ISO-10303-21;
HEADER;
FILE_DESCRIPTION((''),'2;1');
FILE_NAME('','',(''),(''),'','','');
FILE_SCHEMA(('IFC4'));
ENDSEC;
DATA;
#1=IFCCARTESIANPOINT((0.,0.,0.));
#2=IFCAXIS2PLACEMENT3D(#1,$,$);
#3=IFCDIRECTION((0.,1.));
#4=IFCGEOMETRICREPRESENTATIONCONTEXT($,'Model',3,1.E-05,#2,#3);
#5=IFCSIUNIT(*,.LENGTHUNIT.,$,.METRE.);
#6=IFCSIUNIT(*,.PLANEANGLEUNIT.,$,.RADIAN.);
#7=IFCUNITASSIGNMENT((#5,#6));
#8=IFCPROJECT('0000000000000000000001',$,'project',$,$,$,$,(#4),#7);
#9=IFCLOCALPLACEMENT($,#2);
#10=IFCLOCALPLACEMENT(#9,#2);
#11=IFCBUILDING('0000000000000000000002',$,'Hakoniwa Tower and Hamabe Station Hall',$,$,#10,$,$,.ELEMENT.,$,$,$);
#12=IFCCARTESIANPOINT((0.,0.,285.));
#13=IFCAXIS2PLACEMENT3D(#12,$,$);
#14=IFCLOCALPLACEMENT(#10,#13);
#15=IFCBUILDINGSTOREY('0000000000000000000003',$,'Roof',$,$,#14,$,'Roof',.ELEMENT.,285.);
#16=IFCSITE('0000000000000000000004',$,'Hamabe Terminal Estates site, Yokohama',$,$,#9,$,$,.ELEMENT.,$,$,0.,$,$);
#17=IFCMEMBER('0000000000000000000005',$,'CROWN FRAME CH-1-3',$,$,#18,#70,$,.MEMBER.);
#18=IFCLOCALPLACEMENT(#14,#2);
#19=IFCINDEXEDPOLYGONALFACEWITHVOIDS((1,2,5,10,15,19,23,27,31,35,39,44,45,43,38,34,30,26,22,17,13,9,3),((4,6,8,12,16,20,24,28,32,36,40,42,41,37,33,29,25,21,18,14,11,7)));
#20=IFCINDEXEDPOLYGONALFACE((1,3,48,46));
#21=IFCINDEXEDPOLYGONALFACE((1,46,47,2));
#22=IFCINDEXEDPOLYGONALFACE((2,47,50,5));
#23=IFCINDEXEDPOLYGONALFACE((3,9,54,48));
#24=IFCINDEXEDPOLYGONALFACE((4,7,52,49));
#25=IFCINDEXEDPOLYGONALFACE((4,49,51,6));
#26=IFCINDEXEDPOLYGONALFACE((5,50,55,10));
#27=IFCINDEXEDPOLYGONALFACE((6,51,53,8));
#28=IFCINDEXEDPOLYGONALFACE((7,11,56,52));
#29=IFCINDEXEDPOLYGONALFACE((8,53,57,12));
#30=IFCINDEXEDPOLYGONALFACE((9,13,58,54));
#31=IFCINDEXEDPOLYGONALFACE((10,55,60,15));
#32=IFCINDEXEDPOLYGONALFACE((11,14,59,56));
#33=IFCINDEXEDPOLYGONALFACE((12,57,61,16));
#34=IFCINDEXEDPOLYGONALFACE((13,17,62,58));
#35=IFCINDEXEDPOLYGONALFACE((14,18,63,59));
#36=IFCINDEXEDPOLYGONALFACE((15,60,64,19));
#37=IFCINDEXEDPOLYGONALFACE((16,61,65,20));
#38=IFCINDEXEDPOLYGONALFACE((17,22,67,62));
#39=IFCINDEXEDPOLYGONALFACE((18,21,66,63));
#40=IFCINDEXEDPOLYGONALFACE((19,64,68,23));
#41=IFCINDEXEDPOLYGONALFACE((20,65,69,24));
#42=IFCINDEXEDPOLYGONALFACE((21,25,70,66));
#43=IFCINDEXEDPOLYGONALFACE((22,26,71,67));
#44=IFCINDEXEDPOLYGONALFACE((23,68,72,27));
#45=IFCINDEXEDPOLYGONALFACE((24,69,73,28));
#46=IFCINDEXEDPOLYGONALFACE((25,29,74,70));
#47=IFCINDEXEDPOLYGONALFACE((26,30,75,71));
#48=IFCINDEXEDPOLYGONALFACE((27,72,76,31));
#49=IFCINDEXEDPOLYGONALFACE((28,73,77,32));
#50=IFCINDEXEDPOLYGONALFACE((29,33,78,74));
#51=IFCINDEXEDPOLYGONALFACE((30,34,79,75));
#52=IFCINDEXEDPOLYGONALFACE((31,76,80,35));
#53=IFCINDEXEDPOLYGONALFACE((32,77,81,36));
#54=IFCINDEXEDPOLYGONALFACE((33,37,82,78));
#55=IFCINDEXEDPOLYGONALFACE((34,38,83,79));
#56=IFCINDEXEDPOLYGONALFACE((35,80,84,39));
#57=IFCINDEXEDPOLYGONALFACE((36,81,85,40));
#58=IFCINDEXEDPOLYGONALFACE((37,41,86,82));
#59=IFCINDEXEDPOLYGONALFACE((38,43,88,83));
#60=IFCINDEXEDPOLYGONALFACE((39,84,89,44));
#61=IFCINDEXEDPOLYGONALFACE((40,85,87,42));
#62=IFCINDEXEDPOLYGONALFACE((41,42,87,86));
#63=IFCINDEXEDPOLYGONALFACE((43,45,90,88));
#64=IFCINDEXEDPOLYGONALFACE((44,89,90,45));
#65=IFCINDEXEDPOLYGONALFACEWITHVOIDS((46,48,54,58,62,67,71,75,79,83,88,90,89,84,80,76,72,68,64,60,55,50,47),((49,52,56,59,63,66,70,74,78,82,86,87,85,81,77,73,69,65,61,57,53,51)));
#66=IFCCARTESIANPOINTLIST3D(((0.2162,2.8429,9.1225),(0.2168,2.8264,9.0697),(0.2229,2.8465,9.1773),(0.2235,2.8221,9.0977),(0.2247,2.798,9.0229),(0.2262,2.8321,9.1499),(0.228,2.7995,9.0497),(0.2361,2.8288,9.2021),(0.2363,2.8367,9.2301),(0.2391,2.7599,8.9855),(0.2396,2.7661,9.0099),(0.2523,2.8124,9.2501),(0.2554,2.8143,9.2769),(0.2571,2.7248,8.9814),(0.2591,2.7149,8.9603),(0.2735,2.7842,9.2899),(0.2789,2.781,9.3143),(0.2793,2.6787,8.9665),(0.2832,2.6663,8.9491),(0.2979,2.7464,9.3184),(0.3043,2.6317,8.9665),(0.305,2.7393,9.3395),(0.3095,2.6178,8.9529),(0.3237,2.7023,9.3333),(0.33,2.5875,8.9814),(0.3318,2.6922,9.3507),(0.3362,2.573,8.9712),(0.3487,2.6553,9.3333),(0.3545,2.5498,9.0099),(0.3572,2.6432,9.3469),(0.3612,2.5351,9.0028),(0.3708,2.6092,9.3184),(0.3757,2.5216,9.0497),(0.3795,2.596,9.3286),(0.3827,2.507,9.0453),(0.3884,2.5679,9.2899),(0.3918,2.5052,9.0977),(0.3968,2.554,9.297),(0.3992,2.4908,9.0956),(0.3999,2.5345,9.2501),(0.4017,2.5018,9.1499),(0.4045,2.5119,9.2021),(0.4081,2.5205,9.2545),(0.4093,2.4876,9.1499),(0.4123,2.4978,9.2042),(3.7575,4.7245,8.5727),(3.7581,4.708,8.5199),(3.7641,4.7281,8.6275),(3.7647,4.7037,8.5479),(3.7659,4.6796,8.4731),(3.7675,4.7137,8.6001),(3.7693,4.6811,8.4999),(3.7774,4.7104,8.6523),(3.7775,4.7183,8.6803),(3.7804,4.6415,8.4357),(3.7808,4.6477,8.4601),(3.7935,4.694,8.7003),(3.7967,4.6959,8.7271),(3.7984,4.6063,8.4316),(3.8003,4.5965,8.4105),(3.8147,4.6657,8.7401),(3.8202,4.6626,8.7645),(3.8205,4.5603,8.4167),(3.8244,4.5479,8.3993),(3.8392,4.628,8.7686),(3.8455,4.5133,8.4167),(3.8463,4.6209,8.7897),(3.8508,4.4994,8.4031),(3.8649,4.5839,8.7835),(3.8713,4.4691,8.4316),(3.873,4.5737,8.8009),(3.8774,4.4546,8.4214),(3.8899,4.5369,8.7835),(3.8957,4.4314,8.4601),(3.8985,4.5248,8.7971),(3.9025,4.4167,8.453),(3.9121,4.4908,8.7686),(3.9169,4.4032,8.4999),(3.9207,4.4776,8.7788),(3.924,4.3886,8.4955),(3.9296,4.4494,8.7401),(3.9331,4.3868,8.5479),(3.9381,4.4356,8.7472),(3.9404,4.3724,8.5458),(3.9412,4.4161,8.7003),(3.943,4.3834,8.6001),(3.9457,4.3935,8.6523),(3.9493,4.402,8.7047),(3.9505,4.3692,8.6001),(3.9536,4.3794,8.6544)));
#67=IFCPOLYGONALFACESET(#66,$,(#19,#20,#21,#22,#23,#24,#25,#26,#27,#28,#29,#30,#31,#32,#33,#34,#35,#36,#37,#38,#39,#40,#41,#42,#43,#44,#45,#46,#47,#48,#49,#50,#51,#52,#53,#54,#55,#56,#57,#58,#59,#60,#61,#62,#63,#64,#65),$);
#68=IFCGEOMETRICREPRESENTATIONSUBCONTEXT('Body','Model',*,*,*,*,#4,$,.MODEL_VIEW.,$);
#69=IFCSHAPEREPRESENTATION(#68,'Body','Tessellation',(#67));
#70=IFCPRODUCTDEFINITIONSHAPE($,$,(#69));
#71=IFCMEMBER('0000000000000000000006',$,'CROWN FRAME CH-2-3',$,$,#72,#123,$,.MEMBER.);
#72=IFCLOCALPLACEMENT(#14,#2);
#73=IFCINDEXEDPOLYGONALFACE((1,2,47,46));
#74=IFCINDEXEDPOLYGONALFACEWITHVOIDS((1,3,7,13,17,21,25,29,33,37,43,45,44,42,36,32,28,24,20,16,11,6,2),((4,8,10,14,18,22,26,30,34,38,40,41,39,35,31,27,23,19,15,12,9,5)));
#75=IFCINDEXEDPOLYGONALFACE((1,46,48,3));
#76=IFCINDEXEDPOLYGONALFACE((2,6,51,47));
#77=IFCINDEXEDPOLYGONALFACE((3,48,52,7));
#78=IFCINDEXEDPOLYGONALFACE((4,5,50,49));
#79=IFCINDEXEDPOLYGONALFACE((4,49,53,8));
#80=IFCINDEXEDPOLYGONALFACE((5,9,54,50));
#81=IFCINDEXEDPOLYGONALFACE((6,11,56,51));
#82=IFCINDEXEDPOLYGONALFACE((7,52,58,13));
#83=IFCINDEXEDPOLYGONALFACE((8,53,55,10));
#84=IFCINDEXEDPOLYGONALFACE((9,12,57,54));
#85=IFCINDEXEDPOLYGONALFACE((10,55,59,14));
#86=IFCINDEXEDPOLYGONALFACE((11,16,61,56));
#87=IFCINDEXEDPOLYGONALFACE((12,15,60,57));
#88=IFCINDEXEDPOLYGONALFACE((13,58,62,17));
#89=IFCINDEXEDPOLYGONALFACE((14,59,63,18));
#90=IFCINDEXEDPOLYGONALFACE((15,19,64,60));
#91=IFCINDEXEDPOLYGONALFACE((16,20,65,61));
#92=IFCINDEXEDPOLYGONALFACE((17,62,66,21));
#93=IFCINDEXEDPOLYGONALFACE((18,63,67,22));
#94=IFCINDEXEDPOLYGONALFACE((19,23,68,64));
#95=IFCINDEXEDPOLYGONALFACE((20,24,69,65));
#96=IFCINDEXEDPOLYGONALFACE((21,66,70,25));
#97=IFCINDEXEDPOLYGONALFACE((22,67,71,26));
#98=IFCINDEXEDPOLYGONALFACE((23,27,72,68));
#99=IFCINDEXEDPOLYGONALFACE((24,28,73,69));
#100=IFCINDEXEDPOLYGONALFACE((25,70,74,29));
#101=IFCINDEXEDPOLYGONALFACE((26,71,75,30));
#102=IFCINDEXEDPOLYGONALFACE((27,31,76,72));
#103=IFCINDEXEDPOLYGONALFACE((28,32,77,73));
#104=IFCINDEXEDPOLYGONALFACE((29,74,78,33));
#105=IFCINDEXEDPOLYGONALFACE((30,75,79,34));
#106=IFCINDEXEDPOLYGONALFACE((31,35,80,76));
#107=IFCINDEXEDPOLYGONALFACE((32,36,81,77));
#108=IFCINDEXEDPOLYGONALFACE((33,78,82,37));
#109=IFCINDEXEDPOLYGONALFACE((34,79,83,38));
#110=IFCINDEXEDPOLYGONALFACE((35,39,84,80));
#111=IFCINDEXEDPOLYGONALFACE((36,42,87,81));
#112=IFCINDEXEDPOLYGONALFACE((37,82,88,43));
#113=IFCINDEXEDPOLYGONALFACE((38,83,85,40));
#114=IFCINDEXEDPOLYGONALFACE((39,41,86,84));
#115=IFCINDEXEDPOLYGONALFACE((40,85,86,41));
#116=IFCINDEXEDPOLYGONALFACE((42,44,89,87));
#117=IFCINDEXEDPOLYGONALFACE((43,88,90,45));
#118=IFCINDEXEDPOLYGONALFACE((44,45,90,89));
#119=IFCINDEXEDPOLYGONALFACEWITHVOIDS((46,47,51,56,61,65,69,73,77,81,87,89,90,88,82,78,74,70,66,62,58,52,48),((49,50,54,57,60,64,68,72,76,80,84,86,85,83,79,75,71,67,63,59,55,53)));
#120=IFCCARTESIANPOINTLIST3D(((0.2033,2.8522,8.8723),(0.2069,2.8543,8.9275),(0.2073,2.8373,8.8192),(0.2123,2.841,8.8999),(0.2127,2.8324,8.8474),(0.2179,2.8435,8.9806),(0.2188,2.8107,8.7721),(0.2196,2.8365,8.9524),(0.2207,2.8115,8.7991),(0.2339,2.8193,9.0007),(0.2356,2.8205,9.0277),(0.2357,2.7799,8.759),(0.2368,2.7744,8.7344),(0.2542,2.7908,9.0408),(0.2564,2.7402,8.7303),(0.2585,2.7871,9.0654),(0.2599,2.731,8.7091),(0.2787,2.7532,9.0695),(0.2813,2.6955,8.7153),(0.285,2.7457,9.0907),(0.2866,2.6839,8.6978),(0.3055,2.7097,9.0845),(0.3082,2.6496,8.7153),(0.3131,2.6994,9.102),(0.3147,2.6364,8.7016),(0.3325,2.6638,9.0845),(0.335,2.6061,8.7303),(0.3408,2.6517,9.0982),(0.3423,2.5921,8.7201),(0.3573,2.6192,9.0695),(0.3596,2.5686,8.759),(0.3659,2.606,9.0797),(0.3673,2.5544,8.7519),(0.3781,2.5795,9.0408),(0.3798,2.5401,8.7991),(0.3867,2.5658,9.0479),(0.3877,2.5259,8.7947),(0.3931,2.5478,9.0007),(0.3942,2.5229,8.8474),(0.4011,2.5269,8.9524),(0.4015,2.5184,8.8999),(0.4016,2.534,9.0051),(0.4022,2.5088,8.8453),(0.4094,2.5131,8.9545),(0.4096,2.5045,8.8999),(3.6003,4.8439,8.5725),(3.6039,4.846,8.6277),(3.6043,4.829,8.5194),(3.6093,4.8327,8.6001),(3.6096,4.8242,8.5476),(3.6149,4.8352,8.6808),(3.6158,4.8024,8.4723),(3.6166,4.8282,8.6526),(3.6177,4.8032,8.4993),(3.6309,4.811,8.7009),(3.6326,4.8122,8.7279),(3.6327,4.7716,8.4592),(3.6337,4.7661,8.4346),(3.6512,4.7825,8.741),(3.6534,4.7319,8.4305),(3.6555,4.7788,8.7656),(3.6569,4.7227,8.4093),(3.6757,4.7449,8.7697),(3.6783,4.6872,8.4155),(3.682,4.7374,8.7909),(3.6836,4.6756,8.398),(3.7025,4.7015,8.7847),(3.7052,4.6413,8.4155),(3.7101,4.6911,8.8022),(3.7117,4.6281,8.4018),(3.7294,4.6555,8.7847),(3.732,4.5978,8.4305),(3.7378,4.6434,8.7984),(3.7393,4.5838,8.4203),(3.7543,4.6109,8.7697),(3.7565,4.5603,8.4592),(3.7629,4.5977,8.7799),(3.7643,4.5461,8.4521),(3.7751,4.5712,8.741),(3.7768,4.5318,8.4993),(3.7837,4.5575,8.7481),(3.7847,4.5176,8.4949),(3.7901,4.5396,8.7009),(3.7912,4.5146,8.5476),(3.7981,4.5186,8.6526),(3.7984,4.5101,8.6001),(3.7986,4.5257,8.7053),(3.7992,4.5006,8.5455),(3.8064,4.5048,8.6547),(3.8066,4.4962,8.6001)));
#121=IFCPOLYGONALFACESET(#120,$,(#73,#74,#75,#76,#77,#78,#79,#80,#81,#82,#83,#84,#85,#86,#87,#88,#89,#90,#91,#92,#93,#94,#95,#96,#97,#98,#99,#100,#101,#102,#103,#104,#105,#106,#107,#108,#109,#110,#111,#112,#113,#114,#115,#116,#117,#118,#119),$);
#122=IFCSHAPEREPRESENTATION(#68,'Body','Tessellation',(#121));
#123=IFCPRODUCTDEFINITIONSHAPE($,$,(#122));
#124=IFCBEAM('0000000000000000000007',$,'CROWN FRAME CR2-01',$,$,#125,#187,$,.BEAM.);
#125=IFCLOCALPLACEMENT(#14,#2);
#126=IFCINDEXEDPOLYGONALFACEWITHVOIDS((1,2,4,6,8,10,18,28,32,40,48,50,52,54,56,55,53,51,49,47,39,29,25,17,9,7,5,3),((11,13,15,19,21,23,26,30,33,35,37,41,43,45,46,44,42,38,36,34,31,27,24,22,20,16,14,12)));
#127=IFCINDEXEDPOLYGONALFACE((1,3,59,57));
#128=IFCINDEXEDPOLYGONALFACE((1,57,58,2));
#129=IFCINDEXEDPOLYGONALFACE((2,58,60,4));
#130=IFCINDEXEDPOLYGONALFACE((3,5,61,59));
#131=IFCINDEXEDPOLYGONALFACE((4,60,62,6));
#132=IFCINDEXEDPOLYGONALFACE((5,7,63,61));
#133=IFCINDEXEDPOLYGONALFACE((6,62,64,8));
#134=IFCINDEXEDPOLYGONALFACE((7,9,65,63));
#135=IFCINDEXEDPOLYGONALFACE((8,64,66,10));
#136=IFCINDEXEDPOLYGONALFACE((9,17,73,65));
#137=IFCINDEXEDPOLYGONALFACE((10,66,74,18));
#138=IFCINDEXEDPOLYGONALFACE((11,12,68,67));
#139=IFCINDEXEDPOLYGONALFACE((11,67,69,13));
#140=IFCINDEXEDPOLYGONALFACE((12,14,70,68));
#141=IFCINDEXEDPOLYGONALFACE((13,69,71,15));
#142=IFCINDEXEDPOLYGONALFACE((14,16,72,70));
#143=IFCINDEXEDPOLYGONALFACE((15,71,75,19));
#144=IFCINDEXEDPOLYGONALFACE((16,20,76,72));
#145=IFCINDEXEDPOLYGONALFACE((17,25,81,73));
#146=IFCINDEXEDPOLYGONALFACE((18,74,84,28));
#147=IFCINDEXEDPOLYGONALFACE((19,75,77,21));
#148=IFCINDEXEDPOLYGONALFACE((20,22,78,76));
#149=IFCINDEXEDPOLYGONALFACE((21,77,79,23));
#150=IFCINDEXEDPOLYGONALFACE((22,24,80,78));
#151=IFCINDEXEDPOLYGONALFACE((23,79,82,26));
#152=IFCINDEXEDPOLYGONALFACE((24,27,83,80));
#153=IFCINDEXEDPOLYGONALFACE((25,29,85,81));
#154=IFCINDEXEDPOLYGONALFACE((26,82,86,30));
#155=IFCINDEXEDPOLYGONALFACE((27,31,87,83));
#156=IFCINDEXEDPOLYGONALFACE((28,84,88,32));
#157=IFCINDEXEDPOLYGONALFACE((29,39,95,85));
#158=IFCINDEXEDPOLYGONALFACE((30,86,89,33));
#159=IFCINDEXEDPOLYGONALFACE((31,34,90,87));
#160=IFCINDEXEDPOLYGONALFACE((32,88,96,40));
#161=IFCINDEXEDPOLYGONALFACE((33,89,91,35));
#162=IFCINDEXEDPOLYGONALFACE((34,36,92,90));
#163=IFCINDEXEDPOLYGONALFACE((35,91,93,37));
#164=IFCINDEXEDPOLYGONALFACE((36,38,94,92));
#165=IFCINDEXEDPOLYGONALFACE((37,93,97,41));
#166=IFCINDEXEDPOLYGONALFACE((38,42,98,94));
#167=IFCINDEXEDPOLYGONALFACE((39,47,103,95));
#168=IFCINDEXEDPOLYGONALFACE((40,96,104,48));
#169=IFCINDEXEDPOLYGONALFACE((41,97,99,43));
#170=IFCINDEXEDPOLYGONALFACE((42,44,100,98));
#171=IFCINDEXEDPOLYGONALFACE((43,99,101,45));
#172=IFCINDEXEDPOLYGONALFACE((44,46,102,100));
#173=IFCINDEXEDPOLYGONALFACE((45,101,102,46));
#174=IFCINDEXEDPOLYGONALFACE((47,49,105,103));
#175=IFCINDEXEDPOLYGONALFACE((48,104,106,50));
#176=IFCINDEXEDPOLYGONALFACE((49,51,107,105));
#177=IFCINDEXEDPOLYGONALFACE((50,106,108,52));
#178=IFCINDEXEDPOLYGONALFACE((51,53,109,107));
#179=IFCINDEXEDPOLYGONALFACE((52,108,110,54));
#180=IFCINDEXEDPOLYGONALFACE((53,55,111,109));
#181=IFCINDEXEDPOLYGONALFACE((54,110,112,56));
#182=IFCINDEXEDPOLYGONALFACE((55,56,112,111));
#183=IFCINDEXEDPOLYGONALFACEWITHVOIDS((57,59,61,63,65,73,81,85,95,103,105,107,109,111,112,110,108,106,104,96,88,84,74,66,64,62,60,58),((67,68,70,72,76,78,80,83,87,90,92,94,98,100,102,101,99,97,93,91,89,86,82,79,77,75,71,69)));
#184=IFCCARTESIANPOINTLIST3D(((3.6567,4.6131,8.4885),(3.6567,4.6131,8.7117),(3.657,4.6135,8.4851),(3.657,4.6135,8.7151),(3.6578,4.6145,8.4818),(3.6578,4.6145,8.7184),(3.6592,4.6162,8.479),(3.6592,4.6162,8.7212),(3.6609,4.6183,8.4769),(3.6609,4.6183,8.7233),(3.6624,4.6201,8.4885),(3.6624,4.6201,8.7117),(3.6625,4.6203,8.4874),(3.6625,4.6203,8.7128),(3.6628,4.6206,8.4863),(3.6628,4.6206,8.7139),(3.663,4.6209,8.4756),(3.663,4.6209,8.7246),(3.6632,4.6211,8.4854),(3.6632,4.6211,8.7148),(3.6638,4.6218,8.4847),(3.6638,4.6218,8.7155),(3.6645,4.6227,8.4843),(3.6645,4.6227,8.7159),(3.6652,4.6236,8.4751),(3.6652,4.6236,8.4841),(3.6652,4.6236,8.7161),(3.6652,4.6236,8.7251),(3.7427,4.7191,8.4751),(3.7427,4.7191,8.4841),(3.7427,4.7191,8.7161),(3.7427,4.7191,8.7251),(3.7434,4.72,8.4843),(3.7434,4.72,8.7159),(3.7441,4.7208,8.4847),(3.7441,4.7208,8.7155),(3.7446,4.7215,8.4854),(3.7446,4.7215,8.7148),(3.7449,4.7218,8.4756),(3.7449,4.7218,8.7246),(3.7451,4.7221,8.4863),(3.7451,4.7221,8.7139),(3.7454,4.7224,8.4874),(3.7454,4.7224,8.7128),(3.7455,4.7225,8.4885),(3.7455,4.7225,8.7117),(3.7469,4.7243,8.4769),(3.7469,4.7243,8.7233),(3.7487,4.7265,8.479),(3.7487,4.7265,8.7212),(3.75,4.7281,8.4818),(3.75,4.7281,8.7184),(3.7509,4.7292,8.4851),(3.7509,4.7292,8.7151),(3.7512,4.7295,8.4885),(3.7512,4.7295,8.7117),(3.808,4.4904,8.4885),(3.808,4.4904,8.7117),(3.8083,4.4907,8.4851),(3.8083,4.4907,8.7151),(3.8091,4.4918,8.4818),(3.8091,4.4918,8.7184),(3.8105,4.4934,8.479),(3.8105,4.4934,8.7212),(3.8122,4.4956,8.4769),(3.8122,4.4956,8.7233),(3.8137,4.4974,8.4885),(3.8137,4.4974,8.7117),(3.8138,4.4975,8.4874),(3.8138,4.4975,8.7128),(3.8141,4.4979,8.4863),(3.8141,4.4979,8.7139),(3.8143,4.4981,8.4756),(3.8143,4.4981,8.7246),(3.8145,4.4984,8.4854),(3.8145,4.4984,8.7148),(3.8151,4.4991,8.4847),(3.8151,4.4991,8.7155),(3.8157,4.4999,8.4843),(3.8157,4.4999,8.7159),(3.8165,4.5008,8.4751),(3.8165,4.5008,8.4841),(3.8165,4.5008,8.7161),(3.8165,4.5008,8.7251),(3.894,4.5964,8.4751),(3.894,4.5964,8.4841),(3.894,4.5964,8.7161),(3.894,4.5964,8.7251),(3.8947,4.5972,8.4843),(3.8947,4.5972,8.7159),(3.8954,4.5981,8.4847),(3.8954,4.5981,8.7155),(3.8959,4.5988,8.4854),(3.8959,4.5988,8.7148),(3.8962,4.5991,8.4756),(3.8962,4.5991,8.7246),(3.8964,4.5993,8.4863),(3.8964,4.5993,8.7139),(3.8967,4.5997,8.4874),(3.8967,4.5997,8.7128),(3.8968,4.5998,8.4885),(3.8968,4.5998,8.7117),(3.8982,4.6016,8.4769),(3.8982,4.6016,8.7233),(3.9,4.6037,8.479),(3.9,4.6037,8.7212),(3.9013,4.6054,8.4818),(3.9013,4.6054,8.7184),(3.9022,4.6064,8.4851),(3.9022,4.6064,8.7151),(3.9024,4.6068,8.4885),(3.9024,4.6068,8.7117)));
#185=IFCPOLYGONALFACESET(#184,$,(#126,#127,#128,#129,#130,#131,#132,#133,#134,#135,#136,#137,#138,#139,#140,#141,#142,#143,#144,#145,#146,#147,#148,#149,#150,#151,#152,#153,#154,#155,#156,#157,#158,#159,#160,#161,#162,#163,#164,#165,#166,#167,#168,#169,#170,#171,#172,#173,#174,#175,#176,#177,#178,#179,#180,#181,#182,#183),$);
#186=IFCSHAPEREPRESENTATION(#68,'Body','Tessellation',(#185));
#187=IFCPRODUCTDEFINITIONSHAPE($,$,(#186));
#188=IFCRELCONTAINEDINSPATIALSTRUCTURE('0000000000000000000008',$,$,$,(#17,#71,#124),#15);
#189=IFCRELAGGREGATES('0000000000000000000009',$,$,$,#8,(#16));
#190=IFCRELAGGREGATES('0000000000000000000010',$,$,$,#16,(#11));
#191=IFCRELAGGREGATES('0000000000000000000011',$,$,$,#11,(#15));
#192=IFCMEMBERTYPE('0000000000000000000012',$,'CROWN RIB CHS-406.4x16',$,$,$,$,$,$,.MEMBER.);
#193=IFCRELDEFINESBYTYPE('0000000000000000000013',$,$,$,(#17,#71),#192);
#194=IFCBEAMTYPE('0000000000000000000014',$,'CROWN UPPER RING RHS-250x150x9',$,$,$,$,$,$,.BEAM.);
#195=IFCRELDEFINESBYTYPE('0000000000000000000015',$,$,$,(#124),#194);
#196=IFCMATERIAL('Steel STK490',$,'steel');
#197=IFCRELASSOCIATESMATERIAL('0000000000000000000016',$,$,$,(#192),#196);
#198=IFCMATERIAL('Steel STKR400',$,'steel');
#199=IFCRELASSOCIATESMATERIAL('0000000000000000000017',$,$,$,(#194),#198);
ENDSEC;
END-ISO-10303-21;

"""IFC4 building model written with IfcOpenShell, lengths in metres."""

from ifc_helpers import new_model, si_unit, direction, frame, origin, origin_2d, place, context, subcontext, project, spatial, hollow_rectangle, hollow_circle, extrude, material, material_profile, profile_set, type_object, element, save


model = new_model("IFC4")

# Units and contexts
model_context = context("Model", 3, precision=1e-05, world=origin(), true_north=direction((0.0, 1.0)))
body_context = subcontext(model_context, "Body", "Model", "MODEL_VIEW")
ifc_project = project(units=[si_unit("LENGTHUNIT", "METRE"), si_unit("PLANEANGLEUNIT", "RADIAN")], contexts=[model_context])

# Site, building, storey
site_placement = place(None, origin())
site = spatial("IfcSite", under=ifc_project, at=site_placement, Name="Hamabe Terminal Estates site, Yokohama", CompositionType="ELEMENT", RefElevation=0.0)
building_placement = place(site_placement, origin())
building = spatial("IfcBuilding", under=site, at=building_placement, Name="Hakoniwa Tower and Hamabe Station Hall", CompositionType="ELEMENT")
storey_placement = place(building_placement, frame((0.0, 0.0, 285.0)))
storey = spatial("IfcBuildingStorey", under=building, at=storey_placement, Name="Roof", LongName="Roof", CompositionType="ELEMENT", Elevation=285.0)

# Members
ifc_material_1 = material(Name="Steel STK490", Category="steel")
ifc_material_profile_1 = material_profile(ifc_material_1, hollow_circle(Radius=0.2031, WallThickness=0.0161, at=origin_2d()), Name="CHS-406.4x16")
ifc_profile_set_1 = profile_set([ifc_material_profile_1], Name="Steel STK490")
member_type_1 = type_object("IfcMemberType", Name="CROWN RIB CHS-406.4x16", PredefinedType="MEMBER", material=ifc_profile_set_1)
member_1_placement = place(storey_placement, frame((3.8552, 4.5486, 8.6001), z_axis=(-0.8749, -0.464864, 0.135834), x_axis=(0.469213, -0.883085, 0.0)))
element("IfcMember", 1, at=member_1_placement, inside=storey, type_object=member_type_1, Name="CROWN FRAME CH-1-3", PredefinedType="MEMBER", context=body_context, shape_type="SweptSolid", body=[
    extrude(hollow_circle(Radius=0.2031, WallThickness=0.0161, at=origin_2d()), origin(), (0.0, 0.0, 1.0), 4.0476),
])
member_2_placement = place(storey_placement, frame((3.7039, 4.6714, 8.6001), z_axis=(-0.860168, -0.50433, 0.075915), x_axis=(0.50579, -0.862657, 0.0)))
element("IfcMember", 2, at=member_2_placement, inside=storey, type_object=member_type_1, Name="CROWN FRAME CH-2-3", PredefinedType="MEMBER", context=body_context, shape_type="SweptSolid", body=[
    extrude(hollow_circle(Radius=0.2031, WallThickness=0.0161, at=origin_2d()), origin(), (0.0, 0.0, 1.0), 3.9492),
])

# Beam
ifc_material_2 = material(Name="Steel STKR400", Category="steel")
ifc_material_profile_2 = material_profile(ifc_material_2, hollow_rectangle(XDim=0.1499, YDim=0.25, WallThickness=0.009, InnerFilletRadius=0.0044, OuterFilletRadius=0.0134, at=origin_2d()), Name="RHS-250x150x9")
ifc_profile_set_2 = profile_set([ifc_material_profile_2], Name="Steel STKR400")
beam_type = type_object("IfcBeamType", Name="CROWN UPPER RING RHS-250x150x9", PredefinedType="BEAM", material=ifc_profile_set_2)
beam_1_placement = place(storey_placement, frame((3.8552, 4.5486, 8.6001), z_axis=(-0.776574, 0.630027, 0.0), x_axis=(-0.630027, -0.776574, 0.0)))
element("IfcBeam", 3, at=beam_1_placement, inside=storey, type_object=beam_type, Name="CROWN FRAME CR2-01", PredefinedType="BEAM", context=body_context, shape_type="SweptSolid", body=[
    extrude(hollow_rectangle(XDim=0.1499, YDim=0.25, WallThickness=0.009, InnerFilletRadius=0.0044, OuterFilletRadius=0.0134, at=origin_2d()), origin(), (0.0, 0.0, 1.0), 0.1948),
])

save(model, "model.ifc")
